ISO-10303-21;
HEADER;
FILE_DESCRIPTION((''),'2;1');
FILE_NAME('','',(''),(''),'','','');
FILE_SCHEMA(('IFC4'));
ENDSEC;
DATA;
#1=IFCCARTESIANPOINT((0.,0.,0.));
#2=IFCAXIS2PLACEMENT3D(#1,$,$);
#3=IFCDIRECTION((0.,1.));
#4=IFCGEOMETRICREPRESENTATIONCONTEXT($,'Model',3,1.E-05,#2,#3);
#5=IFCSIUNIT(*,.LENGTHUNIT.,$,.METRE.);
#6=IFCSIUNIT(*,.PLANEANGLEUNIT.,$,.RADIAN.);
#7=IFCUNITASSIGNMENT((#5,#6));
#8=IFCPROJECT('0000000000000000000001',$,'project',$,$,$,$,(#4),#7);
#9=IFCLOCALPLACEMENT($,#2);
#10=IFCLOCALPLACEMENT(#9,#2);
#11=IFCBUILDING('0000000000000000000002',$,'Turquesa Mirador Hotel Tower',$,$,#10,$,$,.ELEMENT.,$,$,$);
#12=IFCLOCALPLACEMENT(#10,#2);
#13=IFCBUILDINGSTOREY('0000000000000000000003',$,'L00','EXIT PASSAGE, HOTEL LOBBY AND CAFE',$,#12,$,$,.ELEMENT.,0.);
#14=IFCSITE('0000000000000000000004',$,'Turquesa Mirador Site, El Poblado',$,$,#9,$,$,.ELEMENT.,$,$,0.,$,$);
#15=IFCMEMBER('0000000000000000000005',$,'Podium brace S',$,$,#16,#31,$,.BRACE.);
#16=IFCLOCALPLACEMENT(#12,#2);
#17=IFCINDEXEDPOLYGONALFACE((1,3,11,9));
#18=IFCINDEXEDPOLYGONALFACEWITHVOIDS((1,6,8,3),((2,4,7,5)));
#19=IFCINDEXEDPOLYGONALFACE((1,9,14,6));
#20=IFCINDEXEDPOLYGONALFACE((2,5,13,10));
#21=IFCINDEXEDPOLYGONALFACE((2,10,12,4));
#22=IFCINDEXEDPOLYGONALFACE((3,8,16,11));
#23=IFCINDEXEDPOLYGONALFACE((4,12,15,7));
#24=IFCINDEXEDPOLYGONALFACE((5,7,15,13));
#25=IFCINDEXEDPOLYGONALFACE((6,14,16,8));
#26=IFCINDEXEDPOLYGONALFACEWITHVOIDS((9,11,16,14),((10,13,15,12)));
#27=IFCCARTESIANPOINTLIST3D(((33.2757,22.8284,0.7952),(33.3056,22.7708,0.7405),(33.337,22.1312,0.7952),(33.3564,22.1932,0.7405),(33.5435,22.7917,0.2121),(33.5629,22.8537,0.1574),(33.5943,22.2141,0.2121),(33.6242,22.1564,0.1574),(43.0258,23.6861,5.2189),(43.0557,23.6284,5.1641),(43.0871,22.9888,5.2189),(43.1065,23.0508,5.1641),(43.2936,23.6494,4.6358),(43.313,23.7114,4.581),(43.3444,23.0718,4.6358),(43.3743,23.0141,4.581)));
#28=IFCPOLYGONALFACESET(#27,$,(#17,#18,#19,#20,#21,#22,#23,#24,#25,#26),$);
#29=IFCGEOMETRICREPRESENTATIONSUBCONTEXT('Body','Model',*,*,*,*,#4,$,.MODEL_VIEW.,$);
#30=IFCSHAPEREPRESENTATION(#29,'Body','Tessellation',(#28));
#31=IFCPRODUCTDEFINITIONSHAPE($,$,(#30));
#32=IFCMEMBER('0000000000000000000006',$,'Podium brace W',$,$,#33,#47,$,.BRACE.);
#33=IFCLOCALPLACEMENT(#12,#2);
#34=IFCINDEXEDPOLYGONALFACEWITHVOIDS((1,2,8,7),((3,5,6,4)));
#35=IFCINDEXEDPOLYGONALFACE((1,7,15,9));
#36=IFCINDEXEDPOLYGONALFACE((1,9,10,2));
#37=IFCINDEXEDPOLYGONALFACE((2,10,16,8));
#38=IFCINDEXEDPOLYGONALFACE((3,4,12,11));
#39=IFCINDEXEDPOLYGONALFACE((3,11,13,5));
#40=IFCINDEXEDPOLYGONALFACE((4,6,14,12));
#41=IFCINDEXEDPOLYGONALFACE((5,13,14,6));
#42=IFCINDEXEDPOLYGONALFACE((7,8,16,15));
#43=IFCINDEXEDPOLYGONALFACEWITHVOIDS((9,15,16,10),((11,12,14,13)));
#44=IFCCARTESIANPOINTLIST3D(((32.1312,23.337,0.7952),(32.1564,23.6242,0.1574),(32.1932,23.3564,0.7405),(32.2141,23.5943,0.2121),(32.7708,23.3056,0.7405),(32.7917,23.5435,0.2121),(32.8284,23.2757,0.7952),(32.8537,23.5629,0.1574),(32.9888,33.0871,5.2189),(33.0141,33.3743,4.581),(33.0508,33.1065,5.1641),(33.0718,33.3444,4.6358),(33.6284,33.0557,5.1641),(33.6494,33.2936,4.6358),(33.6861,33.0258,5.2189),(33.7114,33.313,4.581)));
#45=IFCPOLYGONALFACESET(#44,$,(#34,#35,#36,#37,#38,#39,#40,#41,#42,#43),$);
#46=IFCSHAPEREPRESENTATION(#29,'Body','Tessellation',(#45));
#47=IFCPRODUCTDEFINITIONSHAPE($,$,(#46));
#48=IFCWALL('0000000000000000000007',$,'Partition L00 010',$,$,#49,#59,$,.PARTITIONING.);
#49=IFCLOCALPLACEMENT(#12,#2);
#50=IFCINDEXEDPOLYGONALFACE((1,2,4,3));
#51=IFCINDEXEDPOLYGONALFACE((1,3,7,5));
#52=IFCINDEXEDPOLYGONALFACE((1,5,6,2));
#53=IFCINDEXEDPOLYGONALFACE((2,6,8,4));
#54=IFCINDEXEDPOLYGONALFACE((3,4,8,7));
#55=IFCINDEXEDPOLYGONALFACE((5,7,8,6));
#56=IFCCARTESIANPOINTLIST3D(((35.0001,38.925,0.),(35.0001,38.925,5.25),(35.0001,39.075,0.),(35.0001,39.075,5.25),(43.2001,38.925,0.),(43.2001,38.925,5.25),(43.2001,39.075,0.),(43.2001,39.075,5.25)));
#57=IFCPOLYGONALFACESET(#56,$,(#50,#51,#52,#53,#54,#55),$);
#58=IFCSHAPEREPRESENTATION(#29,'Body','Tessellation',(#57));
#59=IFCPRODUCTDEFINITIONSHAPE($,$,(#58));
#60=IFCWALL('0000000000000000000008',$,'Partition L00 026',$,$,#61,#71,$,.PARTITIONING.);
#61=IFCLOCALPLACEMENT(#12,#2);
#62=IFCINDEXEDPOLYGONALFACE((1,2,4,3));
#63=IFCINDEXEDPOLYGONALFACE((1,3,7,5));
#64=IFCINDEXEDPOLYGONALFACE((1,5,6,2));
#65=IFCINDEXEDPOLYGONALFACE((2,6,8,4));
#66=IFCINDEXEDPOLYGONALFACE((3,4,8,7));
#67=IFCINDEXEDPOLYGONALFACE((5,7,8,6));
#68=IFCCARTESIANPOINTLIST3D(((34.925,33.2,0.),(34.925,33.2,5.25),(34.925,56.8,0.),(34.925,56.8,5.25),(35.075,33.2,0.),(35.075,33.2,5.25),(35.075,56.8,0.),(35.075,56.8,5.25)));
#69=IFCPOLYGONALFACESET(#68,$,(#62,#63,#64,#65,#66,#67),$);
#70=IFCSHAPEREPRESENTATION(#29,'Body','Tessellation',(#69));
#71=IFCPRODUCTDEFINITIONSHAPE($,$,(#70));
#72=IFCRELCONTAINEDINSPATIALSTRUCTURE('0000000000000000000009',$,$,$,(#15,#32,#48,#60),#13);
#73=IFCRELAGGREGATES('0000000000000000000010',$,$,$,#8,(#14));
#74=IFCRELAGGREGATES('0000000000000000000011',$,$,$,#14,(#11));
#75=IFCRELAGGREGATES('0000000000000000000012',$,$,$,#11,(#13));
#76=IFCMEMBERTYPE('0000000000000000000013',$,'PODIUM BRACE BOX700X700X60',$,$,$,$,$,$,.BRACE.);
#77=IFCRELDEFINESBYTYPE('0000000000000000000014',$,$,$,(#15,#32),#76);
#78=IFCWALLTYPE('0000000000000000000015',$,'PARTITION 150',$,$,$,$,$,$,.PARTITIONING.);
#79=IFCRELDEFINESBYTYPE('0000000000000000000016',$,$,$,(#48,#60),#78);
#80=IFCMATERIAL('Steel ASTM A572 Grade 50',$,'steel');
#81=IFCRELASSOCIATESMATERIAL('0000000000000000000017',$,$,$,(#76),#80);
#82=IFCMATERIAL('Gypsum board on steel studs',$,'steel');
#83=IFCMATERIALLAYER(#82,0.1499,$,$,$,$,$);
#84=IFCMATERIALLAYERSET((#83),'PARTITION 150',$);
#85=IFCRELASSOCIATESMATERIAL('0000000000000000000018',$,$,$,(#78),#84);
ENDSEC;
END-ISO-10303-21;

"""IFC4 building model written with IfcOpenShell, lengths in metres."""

from ifc_helpers import new_model, si_unit, direction, frame, frame_2d, origin, origin_2d, place, context, subcontext, project, spatial, rectangle, hollow_rectangle, extrude, material, layer, layer_set, material_profile, profile_set, type_object, element, save


model = new_model("IFC4")

# Units and contexts
model_context = context("Model", 3, precision=1e-05, world=origin(), true_north=direction((0.0, 1.0)))
body_context = subcontext(model_context, "Body", "Model", "MODEL_VIEW")
ifc_project = project(units=[si_unit("LENGTHUNIT", "METRE"), si_unit("PLANEANGLEUNIT", "RADIAN")], contexts=[model_context])

# Site, building, storey
site_placement = place(None, origin())
site = spatial("IfcSite", under=ifc_project, at=site_placement, Name="Turquesa Mirador Site, El Poblado", CompositionType="ELEMENT", RefElevation=0.0)
building_placement = place(site_placement, origin())
building = spatial("IfcBuilding", under=site, at=building_placement, Name="Turquesa Mirador Hotel Tower", CompositionType="ELEMENT")
storey_placement = place(building_placement, origin())
storey = spatial("IfcBuildingStorey", under=building, at=storey_placement, Name="L00", Description="EXIT PASSAGE, HOTEL LOBBY AND CAFE", CompositionType="ELEMENT", Elevation=0.0)

# Members
ifc_material_1 = material(Name="Steel ASTM A572 Grade 50", Category="steel")
ifc_material_profile_1 = material_profile(ifc_material_1, hollow_rectangle(XDim=0.7, YDim=0.7, WallThickness=0.0601, at=origin_2d()), Name="BOX700X700X60")
ifc_profile_set_1 = profile_set([ifc_material_profile_1], Name="Steel ASTM A572 Grade 50")
member_type = type_object("IfcMemberType", Name="PODIUM BRACE BOX700X700X60", PredefinedType="BRACE", material=ifc_profile_set_1)
for number, where, z_axis, x_axis, name in (
    (1, (33.45, 22.4924, 0.4763), (0.907748, 0.079851, 0.411846), (-0.087627, 0.996153, 0.0), "Podium brace S"),
    (2, (32.4924, 23.45, 0.4763), (0.079851, 0.907748, 0.411846), (-0.996153, 0.087627, 0.0), "Podium brace W"),
):
    element("IfcMember", number, at=place(storey_placement, frame(where, z_axis=z_axis, x_axis=x_axis)), inside=storey, type_object=member_type, Name=name, PredefinedType="BRACE", context=body_context, shape_type="SweptSolid", body=[
        extrude(hollow_rectangle(XDim=0.7, YDim=0.7, WallThickness=0.0601, at=origin_2d()), origin(), (0.0, 0.0, 1.0), 10.741),
    ])

# Walls
ifc_material_2 = material(Name="Gypsum board on steel studs", Category="steel")
ifc_layer = layer(ifc_material_2, 0.1499)
ifc_layer_set = layer_set([ifc_layer], Name="PARTITION 150")
wall_type = type_object("IfcWallType", Name="PARTITION 150", PredefinedType="PARTITIONING", material=ifc_layer_set)
wall_1_placement = place(storey_placement, frame((35.0, 39.0, 0.0), z_axis=(0.0, 0.0, 1.0), x_axis=(1.0, 0.0, 0.0)))
element("IfcWall", 3, at=wall_1_placement, inside=storey, type_object=wall_type, Name="Partition L00 010", PredefinedType="PARTITIONING", context=body_context, shape_type="SweptSolid", body=[
    extrude(rectangle(XDim=8.2, YDim=0.1499, at=frame_2d((4.1001, 0.0))), origin(), (0.0, 0.0, 1.0), 5.25),
])
wall_2_placement = place(storey_placement, frame((35.0, 33.2, 0.0), z_axis=(0.0, 0.0, 1.0), x_axis=(0.0, 1.0, 0.0)))
element("IfcWall", 4, at=wall_2_placement, inside=storey, type_object=wall_type, Name="Partition L00 026", PredefinedType="PARTITIONING", context=body_context, shape_type="SweptSolid", body=[
    extrude(rectangle(XDim=23.6001, YDim=0.1499, at=frame_2d((11.8, 0.0))), origin(), (0.0, 0.0, 1.0), 5.25),
])

save(model, "model.ifc")
